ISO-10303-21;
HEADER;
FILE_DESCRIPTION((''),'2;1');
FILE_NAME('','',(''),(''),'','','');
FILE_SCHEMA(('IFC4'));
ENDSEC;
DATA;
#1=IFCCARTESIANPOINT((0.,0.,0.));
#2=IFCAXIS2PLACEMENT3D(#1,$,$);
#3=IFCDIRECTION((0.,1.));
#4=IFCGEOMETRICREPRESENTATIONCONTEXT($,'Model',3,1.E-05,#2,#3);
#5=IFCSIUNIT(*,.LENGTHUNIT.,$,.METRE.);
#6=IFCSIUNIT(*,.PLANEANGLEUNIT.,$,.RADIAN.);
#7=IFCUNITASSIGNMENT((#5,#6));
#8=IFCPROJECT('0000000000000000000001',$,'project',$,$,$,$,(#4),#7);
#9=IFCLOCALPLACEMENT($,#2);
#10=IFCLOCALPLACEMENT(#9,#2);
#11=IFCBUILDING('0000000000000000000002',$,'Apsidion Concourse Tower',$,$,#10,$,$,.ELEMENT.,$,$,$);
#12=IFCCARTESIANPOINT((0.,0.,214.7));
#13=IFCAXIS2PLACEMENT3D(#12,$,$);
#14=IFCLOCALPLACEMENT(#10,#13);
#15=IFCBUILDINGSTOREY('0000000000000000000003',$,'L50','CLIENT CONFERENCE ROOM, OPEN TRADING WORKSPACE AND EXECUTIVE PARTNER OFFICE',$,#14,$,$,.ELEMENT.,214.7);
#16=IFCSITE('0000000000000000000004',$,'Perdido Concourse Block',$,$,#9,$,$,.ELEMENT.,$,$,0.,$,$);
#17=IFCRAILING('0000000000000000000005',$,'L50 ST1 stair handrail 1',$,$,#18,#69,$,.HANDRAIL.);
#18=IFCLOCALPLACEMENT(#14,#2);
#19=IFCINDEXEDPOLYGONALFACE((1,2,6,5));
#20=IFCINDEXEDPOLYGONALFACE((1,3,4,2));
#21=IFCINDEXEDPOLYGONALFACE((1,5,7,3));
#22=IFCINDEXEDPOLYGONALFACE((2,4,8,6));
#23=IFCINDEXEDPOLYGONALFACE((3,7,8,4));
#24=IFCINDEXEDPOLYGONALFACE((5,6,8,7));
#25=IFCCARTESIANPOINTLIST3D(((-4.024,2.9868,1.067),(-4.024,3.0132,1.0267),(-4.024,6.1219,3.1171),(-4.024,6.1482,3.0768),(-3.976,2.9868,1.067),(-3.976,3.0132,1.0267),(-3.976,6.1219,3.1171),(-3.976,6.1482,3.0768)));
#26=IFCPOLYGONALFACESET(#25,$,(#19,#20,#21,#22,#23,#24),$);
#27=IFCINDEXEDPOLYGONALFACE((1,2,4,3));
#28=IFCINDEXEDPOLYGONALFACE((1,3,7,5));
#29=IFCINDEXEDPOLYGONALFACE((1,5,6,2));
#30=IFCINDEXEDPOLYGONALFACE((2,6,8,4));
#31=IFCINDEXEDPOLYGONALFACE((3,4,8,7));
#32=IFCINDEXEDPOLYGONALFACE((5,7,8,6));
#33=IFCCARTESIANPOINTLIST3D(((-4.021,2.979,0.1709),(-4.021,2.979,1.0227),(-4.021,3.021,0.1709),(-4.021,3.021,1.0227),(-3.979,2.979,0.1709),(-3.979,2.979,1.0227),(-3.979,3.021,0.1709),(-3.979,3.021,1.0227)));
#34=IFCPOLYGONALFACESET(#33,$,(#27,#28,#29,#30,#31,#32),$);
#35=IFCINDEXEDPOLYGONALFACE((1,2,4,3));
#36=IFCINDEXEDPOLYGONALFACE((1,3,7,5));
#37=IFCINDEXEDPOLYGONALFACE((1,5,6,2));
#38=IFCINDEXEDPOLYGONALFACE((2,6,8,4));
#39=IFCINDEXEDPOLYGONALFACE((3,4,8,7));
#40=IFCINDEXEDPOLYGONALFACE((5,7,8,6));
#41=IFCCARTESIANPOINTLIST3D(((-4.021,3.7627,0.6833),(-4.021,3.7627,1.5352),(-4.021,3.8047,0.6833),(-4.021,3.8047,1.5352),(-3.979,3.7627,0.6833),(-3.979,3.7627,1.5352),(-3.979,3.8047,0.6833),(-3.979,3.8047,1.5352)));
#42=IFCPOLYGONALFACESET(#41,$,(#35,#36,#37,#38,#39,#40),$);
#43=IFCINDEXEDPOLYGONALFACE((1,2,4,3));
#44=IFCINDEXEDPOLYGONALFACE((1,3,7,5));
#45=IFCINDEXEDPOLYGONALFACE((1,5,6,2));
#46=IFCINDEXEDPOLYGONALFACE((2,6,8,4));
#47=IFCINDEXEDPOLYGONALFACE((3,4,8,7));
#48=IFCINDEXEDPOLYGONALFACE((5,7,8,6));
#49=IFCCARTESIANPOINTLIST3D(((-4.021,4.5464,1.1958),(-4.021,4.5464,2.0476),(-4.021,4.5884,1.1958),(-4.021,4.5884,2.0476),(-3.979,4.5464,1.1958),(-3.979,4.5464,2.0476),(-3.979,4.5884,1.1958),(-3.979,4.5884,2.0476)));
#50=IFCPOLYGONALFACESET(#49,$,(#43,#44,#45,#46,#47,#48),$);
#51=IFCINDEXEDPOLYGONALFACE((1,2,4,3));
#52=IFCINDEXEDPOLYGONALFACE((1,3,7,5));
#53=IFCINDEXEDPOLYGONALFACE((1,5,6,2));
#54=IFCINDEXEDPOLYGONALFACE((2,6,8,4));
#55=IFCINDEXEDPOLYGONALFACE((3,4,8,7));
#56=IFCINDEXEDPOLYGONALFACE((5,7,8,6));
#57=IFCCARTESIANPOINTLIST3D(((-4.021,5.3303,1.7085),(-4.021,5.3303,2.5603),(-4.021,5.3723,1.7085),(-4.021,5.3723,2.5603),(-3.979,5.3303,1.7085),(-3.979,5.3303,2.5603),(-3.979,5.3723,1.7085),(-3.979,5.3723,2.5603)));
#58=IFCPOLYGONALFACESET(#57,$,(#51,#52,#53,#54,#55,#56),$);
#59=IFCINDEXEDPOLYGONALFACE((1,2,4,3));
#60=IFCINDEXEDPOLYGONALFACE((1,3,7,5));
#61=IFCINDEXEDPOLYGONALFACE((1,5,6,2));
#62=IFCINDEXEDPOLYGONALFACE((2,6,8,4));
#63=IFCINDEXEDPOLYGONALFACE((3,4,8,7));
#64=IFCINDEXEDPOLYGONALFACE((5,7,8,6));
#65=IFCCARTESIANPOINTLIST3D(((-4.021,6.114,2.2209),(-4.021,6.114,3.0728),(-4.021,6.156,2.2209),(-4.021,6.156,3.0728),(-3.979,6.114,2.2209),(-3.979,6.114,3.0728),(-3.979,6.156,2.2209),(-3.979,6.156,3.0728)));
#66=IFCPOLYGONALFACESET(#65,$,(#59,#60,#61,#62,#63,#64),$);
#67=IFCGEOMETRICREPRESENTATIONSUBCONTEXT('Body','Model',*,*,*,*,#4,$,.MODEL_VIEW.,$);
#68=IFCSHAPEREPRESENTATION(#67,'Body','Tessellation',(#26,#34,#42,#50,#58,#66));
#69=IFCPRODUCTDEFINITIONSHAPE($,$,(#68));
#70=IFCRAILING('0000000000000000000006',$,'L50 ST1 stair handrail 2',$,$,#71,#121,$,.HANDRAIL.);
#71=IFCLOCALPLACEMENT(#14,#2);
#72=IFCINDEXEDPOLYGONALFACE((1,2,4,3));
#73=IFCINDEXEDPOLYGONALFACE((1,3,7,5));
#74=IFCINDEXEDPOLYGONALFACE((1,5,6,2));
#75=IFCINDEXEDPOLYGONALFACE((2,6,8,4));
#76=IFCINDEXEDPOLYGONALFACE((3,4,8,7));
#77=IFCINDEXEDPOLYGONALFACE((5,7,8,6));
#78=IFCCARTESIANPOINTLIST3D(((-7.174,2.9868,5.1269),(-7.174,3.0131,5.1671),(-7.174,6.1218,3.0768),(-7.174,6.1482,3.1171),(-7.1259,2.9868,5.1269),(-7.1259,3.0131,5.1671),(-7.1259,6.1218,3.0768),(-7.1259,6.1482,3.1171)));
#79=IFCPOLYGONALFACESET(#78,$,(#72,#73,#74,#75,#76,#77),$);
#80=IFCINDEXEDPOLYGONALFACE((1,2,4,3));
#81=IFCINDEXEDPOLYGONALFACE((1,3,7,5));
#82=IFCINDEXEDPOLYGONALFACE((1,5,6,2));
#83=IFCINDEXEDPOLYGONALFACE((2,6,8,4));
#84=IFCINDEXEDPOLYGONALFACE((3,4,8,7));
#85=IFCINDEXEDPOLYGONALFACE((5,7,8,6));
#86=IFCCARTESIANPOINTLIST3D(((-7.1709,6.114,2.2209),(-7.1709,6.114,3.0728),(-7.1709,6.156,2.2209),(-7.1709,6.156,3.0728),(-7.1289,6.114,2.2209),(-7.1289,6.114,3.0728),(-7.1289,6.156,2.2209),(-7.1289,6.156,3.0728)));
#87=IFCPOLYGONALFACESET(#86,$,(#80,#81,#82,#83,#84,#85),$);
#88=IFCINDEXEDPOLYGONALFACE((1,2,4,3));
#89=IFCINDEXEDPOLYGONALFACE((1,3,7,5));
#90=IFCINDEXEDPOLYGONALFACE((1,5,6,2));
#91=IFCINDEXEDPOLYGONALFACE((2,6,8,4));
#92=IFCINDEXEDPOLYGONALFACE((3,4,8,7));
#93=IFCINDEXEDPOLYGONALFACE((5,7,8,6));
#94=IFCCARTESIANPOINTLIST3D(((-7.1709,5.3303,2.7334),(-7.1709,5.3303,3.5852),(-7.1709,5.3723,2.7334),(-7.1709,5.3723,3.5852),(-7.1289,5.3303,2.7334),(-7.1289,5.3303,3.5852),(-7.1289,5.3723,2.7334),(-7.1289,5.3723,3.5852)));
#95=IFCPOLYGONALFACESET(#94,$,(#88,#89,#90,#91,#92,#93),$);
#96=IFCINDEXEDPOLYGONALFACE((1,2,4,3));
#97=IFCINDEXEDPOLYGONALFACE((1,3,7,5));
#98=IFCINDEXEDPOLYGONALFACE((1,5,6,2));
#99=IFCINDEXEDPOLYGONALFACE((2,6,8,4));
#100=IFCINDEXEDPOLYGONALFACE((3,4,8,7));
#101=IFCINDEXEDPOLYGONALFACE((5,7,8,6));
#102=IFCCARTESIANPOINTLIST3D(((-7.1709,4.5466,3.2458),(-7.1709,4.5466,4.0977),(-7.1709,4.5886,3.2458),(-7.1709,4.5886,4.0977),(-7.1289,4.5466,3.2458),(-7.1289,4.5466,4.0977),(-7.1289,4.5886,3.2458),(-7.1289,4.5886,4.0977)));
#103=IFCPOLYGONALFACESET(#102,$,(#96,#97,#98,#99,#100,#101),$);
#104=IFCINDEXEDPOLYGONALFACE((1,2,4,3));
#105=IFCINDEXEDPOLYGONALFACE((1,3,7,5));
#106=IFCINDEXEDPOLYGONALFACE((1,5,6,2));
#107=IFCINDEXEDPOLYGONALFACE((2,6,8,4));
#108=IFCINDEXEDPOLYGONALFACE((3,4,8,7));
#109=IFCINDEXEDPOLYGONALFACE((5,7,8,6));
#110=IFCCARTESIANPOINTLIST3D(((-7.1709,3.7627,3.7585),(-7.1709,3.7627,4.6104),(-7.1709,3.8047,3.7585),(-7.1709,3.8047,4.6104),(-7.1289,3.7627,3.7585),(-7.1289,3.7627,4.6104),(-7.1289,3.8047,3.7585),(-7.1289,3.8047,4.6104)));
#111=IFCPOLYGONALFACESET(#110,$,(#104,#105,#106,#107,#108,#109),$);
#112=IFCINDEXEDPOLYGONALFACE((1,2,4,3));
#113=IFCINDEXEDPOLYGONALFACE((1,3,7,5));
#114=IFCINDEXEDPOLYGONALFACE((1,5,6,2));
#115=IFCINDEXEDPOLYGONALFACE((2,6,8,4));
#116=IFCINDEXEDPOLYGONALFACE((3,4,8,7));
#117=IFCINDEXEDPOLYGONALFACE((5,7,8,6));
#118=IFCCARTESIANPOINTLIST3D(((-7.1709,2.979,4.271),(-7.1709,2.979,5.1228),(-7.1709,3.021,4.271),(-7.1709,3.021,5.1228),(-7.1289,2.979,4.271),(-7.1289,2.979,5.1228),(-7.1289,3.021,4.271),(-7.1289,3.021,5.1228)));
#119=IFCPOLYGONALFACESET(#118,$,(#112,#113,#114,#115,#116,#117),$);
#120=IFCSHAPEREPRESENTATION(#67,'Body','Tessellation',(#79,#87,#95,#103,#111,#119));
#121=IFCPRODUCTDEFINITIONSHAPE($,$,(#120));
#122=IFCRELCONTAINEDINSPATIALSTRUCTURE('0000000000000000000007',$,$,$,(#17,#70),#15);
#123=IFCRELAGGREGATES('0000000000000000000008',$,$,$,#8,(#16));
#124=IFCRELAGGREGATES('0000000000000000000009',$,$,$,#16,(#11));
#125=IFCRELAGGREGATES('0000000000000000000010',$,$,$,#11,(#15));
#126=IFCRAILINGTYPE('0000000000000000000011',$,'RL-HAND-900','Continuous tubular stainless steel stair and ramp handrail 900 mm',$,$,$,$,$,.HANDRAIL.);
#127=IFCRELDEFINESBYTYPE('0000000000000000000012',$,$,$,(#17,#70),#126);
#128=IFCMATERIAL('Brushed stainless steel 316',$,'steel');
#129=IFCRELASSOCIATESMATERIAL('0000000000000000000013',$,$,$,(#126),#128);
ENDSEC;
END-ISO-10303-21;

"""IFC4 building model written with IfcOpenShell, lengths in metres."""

from ifc_helpers import new_model, si_unit, direction, frame, origin, origin_2d, place, context, subcontext, project, spatial, rectangle, extrude, material, type_object, element, save


model = new_model("IFC4")

# Units and contexts
model_context = context("Model", 3, precision=1e-05, world=origin(), true_north=direction((0.0, 1.0)))
body_context = subcontext(model_context, "Body", "Model", "MODEL_VIEW")
ifc_project = project(units=[si_unit("LENGTHUNIT", "METRE"), si_unit("PLANEANGLEUNIT", "RADIAN")], contexts=[model_context])

# Site, building, storey
site_placement = place(None, origin())
site = spatial("IfcSite", under=ifc_project, at=site_placement, Name="Perdido Concourse Block", CompositionType="ELEMENT", RefElevation=0.0)
building_placement = place(site_placement, origin())
building = spatial("IfcBuilding", under=site, at=building_placement, Name="Apsidion Concourse Tower", CompositionType="ELEMENT")
storey_placement = place(building_placement, frame((0.0, 0.0, 214.7)))
storey = spatial("IfcBuildingStorey", under=building, at=storey_placement, Name="L50", Description="CLIENT CONFERENCE ROOM, OPEN TRADING WORKSPACE AND EXECUTIVE PARTNER OFFICE", CompositionType="ELEMENT", Elevation=214.7)

# Shared definitions
ifc_material_1 = material(Name="Brushed stainless steel 316", Category="steel")

# Railings
railing_type_1 = type_object("IfcRailingType", Name="RL-HAND-900", Description="Continuous tubular stainless steel stair and ramp handrail 900 mm", PredefinedType="HANDRAIL", material=ifc_material_1)
railing_1_placement = place(storey_placement, frame((-4.0, 3.0, 0.1709)))
element("IfcRailing", 1, at=railing_1_placement, inside=storey, type_object=railing_type_1, Name="L50 ST1 stair handrail 1", PredefinedType="HANDRAIL", context=body_context, shape_type="SweptSolid", body=[
    extrude(rectangle(XDim=0.0481, YDim=0.0481, at=origin_2d()), frame((0.0, 0.0, 0.876), z_axis=(0.0, 0.836941, 0.547293), x_axis=(-1.0, 0.0, 0.0)), (0.0, 0.0, 1.0), 3.7458),
    extrude(rectangle(XDim=0.042, YDim=0.042, at=origin_2d()), origin(), (0.0, 0.0, 1.0), 0.8518),
    extrude(rectangle(XDim=0.042, YDim=0.042, at=origin_2d()), frame((0.0, 0.7837, 0.5125)), (0.0, 0.0, 1.0), 0.8518),
    extrude(rectangle(XDim=0.042, YDim=0.042, at=origin_2d()), frame((0.0, 1.5674, 1.0249)), (0.0, 0.0, 1.0), 0.8518),
    extrude(rectangle(XDim=0.042, YDim=0.042, at=origin_2d()), frame((0.0, 2.3513, 1.5376)), (0.0, 0.0, 1.0), 0.8518),
    extrude(rectangle(XDim=0.042, YDim=0.042, at=origin_2d()), frame((0.0, 3.135, 2.05)), (0.0, 0.0, 1.0), 0.8518),
])
railing_2_placement = place(storey_placement, frame((-7.1499, 6.135, 2.2209)))
element("IfcRailing", 2, at=railing_2_placement, inside=storey, type_object=railing_type_1, Name="L50 ST1 stair handrail 2", PredefinedType="HANDRAIL", context=body_context, shape_type="SweptSolid", body=[
    extrude(rectangle(XDim=0.0481, YDim=0.0481, at=origin_2d()), frame((0.0, 0.0, 0.876), z_axis=(0.0, -0.836941, 0.547293), x_axis=(1.0, 0.0, 0.0)), (0.0, 0.0, 1.0), 3.7458),
    extrude(rectangle(XDim=0.042, YDim=0.042, at=origin_2d()), origin(), (0.0, 0.0, 1.0), 0.8518),
    extrude(rectangle(XDim=0.042, YDim=0.042, at=origin_2d()), frame((0.0, -0.7837, 0.5125)), (0.0, 0.0, 1.0), 0.8518),
    extrude(rectangle(XDim=0.042, YDim=0.042, at=origin_2d()), frame((0.0, -1.5674, 1.0249)), (0.0, 0.0, 1.0), 0.8518),
    extrude(rectangle(XDim=0.042, YDim=0.042, at=origin_2d()), frame((0.0, -2.3513, 1.5376)), (0.0, 0.0, 1.0), 0.8518),
    extrude(rectangle(XDim=0.042, YDim=0.042, at=origin_2d()), frame((0.0, -3.135, 2.05)), (0.0, 0.0, 1.0), 0.8518),
])

save(model, "model.ifc")
